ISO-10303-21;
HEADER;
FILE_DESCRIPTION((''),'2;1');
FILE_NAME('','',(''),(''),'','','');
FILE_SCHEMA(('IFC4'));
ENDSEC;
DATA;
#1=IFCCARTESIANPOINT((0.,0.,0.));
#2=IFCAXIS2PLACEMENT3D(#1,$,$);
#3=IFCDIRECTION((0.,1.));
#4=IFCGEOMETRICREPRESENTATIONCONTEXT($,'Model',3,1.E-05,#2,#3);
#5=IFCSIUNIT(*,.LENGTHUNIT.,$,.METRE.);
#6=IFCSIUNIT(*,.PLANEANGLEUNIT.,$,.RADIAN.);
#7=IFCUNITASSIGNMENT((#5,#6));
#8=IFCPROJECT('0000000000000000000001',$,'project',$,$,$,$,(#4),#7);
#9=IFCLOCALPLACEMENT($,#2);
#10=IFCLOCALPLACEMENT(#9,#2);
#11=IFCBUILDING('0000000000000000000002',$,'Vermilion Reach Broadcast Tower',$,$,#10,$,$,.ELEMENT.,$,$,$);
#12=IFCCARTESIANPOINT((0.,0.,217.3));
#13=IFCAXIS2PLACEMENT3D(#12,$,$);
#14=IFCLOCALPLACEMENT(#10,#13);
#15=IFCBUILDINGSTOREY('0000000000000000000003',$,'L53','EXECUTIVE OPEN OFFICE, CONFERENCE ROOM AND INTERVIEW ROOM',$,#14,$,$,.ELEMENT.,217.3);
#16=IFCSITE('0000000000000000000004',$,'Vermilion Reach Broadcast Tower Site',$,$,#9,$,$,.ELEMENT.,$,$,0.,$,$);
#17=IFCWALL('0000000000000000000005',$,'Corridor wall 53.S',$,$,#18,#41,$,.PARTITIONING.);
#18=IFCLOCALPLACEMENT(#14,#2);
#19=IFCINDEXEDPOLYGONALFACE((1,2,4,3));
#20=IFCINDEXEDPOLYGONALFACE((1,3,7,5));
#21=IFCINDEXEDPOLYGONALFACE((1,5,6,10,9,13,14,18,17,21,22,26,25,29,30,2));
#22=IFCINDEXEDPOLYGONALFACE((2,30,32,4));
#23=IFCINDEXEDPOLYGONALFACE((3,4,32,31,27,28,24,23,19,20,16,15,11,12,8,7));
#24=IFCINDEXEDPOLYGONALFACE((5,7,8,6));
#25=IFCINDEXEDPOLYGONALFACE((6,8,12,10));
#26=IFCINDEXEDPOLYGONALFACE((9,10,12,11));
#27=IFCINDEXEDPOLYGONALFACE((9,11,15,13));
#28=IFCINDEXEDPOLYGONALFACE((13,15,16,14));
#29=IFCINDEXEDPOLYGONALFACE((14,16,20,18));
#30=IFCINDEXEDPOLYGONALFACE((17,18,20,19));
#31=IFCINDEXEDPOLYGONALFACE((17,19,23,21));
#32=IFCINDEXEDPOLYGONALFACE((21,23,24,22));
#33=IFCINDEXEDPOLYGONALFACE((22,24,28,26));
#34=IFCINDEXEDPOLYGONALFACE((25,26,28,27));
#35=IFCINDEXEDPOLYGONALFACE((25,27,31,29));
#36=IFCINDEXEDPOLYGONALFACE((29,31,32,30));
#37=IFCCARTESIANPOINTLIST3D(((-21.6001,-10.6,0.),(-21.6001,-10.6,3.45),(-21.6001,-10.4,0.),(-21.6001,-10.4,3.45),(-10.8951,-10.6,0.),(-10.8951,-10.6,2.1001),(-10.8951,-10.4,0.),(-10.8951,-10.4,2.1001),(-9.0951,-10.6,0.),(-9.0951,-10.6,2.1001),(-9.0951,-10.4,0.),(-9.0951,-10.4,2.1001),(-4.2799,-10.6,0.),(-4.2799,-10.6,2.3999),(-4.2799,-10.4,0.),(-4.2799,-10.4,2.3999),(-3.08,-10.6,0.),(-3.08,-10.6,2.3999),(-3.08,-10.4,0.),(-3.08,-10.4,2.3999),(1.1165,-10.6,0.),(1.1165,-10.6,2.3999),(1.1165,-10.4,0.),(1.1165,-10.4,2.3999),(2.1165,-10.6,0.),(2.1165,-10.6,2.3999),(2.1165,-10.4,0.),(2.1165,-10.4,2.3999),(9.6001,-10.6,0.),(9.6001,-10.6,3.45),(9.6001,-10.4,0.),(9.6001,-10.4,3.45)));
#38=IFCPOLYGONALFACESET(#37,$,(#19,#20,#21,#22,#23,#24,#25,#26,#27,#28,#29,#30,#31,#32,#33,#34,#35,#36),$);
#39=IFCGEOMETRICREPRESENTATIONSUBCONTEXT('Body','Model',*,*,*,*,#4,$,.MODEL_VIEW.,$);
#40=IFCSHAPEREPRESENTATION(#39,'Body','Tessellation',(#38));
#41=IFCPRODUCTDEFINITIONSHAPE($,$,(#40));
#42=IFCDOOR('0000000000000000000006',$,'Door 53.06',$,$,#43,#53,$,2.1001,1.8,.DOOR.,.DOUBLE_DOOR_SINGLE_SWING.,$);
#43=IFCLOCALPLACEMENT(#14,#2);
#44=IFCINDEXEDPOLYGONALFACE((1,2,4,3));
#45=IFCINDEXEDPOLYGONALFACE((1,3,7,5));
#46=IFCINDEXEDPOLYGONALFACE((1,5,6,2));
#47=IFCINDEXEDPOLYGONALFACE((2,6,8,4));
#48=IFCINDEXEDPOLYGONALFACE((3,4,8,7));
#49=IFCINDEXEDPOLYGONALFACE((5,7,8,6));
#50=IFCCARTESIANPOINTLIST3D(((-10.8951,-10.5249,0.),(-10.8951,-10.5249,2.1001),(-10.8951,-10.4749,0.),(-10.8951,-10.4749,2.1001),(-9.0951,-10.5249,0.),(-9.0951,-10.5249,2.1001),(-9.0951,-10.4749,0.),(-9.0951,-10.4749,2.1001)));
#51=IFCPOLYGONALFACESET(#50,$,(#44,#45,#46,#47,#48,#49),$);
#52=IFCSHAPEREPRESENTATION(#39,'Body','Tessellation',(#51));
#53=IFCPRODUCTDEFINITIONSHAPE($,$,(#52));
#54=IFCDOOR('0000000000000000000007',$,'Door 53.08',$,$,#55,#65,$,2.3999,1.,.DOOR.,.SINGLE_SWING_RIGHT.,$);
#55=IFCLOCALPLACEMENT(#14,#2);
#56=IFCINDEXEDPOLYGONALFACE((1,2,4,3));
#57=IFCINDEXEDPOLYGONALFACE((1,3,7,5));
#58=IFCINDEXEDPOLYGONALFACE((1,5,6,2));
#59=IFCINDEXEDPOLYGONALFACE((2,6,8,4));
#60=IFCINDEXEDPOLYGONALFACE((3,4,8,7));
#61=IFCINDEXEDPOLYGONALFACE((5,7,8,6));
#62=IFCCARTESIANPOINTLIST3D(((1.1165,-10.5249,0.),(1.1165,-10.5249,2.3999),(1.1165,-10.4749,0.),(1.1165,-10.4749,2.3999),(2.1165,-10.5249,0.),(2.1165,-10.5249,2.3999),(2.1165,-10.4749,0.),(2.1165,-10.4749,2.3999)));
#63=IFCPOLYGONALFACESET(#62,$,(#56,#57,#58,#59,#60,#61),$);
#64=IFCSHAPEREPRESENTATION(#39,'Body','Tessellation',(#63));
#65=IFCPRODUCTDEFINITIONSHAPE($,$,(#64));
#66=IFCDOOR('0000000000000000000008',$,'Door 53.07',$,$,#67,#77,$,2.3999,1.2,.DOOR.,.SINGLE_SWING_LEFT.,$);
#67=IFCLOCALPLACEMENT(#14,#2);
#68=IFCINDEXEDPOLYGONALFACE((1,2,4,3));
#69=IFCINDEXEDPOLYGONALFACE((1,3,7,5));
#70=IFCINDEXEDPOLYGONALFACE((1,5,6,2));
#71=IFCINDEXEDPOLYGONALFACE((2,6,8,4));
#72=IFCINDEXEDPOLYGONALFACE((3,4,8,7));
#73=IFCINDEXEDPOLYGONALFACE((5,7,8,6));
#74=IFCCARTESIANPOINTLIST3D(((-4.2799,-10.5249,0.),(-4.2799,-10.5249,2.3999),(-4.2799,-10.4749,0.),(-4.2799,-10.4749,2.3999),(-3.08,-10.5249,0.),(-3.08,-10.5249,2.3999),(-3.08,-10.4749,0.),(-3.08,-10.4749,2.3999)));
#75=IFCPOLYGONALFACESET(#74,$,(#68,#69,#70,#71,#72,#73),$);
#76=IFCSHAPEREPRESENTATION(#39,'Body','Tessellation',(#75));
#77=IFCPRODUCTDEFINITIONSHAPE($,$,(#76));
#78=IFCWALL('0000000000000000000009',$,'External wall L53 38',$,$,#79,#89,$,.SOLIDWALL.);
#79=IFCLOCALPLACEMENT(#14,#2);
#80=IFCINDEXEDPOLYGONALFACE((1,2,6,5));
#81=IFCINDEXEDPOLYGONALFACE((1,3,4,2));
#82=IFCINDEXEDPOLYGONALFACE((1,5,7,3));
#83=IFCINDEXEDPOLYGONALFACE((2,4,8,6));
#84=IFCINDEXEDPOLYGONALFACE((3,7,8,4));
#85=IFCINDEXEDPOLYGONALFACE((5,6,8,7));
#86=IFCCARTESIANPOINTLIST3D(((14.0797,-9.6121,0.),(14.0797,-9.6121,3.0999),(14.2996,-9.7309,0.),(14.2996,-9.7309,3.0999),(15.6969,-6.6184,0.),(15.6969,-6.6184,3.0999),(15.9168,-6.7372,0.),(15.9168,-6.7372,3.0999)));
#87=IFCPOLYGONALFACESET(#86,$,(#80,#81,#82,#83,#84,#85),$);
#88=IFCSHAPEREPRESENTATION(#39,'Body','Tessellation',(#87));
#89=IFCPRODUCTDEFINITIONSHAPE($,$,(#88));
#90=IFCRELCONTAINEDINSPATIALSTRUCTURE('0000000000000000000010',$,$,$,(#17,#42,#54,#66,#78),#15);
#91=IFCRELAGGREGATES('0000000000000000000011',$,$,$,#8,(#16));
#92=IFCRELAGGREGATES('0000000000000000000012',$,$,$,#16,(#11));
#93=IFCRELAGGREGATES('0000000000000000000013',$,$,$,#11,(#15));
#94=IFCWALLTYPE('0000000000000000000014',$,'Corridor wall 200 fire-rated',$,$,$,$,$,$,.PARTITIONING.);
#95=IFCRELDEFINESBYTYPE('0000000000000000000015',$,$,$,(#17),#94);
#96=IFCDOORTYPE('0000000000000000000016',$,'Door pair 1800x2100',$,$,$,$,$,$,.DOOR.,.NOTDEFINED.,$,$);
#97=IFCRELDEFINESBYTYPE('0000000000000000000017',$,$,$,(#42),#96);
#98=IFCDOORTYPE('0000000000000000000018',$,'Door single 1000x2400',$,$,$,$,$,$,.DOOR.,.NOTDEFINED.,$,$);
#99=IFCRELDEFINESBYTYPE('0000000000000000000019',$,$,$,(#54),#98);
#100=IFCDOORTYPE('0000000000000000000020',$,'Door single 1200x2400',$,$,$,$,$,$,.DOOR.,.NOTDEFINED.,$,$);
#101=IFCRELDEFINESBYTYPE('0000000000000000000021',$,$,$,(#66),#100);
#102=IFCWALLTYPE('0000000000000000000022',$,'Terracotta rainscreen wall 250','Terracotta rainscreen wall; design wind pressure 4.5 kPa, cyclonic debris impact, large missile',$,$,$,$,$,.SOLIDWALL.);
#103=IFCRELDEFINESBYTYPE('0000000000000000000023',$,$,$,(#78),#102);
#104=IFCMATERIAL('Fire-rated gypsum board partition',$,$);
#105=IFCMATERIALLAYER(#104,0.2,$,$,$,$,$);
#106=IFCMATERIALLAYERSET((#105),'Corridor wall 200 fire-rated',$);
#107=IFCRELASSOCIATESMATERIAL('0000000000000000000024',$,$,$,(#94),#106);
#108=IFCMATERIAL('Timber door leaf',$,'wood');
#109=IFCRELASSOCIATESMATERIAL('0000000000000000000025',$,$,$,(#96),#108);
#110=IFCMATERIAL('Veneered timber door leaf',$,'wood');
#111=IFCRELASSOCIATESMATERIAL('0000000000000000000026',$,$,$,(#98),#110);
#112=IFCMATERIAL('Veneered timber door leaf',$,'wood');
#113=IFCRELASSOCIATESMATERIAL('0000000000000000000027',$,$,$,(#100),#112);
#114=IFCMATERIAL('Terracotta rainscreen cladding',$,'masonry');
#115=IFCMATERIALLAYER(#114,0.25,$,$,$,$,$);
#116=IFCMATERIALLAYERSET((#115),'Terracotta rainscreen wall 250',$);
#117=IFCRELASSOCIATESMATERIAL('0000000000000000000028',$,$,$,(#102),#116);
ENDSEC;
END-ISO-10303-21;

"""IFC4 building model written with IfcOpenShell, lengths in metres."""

from ifc_helpers import new_model, si_unit, direction, frame, frame_2d, origin, place, context, subcontext, project, spatial, rectangle, extrude, material, layer, layer_set, type_object, element, fill, save


model = new_model("IFC4")

# Units and contexts
model_context = context("Model", 3, precision=1e-05, world=origin(), true_north=direction((0.0, 1.0)))
body_context = subcontext(model_context, "Body", "Model", "MODEL_VIEW")
ifc_project = project(units=[si_unit("LENGTHUNIT", "METRE"), si_unit("PLANEANGLEUNIT", "RADIAN")], contexts=[model_context])

# Site, building, storey
site_placement = place(None, origin())
site = spatial("IfcSite", under=ifc_project, at=site_placement, Name="Vermilion Reach Broadcast Tower Site", CompositionType="ELEMENT", RefElevation=0.0)
building_placement = place(site_placement, origin())
building = spatial("IfcBuilding", under=site, at=building_placement, Name="Vermilion Reach Broadcast Tower", CompositionType="ELEMENT")
storey_placement = place(building_placement, frame((0.0, 0.0, 217.3)))
storey = spatial("IfcBuildingStorey", under=building, at=storey_placement, Name="L53", Description="EXECUTIVE OPEN OFFICE, CONFERENCE ROOM AND INTERVIEW ROOM", CompositionType="ELEMENT", Elevation=217.3)

# Wall, openings, doors
ifc_material_1 = material(Name="Fire-rated gypsum board partition")
ifc_layer_1 = layer(ifc_material_1, 0.2)
ifc_layer_set_1 = layer_set([ifc_layer_1], Name="Corridor wall 200 fire-rated")
wall_type_1 = type_object("IfcWallType", Name="Corridor wall 200 fire-rated", PredefinedType="PARTITIONING", material=ifc_layer_set_1)
wall_1_placement = place(storey_placement, frame((9.6001, -10.5, 0.0), z_axis=(0.0, 0.0, 1.0), x_axis=(-1.0, 0.0, 0.0)))
wall_1 = element("IfcWall", 1, at=wall_1_placement, inside=storey, type_object=wall_type_1, Name="Corridor wall 53.S", PredefinedType="PARTITIONING", context=body_context, shape_type="SweptSolid", body=[
    extrude(rectangle(XDim=31.2002, YDim=0.2, at=frame_2d((15.6001, 0.0))), origin(), (0.0, 0.0, 1.0), 3.45),
])
opening_1_placement = place(wall_1_placement, frame((18.6953, 0.0, 0.0)))
opening_1 = element("IfcOpeningElement", 2, at=opening_1_placement, cuts=wall_1, PredefinedType="OPENING", context=body_context, shape_type="SweptSolid", body=[
    extrude(rectangle(XDim=1.8, YDim=2.1001, at=frame_2d((0.8999, 1.05))), frame((0.0, 0.1099, 0.0), z_axis=(0.0, -1.0, 0.0), x_axis=(1.0, 0.0, 0.0)), (0.0, 0.0, 1.0), 0.22),
])
opening_2_placement = place(wall_1_placement, frame((12.6799, 0.0, 0.0)))
opening_2 = element("IfcOpeningElement", 3, at=opening_2_placement, cuts=wall_1, PredefinedType="OPENING", context=body_context, shape_type="SweptSolid", body=[
    extrude(rectangle(XDim=1.2, YDim=2.3999, at=frame_2d((0.6001, 1.2))), frame((0.0, 0.1099, 0.0), z_axis=(0.0, -1.0, 0.0), x_axis=(1.0, 0.0, 0.0)), (0.0, 0.0, 1.0), 0.22),
])
opening_3_placement = place(wall_1_placement, frame((7.4836, 0.0, 0.0)))
opening_3 = element("IfcOpeningElement", 4, at=opening_3_placement, cuts=wall_1, PredefinedType="OPENING", context=body_context, shape_type="SweptSolid", body=[
    extrude(rectangle(XDim=1.0, YDim=2.3999, at=frame_2d((0.5, 1.2))), frame((0.0, 0.1099, 0.0), z_axis=(0.0, -1.0, 0.0), x_axis=(1.0, 0.0, 0.0)), (0.0, 0.0, 1.0), 0.22),
])
ifc_material_2 = material(Name="Timber door leaf", Category="wood")
door_type_1 = type_object("IfcDoorType", Name="Door pair 1800x2100", OperationType="NOTDEFINED", PredefinedType="DOOR", material=ifc_material_2)
door_1_placement = place(opening_1_placement, origin())
door_1 = element("IfcDoor", 5, at=door_1_placement, inside=storey, type_object=door_type_1, Name="Door 53.06", OperationType="DOUBLE_DOOR_SINGLE_SWING", OverallHeight=2.1001, OverallWidth=1.8, PredefinedType="DOOR", context=body_context, shape_type="SweptSolid", body=[
    extrude(rectangle(XDim=1.8, YDim=2.1001, at=frame_2d((0.8999, 1.05))), frame((0.0, 0.0249, 0.0), z_axis=(0.0, -1.0, 0.0), x_axis=(1.0, 0.0, 0.0)), (0.0, 0.0, 1.0), 0.05),
])
fill(opening_1, door_1)
ifc_material_3 = material(Name="Veneered timber door leaf", Category="wood")
door_type_2 = type_object("IfcDoorType", Name="Door single 1000x2400", OperationType="NOTDEFINED", PredefinedType="DOOR", material=ifc_material_3)
door_2_placement = place(opening_3_placement, origin())
door_2 = element("IfcDoor", 6, at=door_2_placement, inside=storey, type_object=door_type_2, Name="Door 53.08", OperationType="SINGLE_SWING_RIGHT", OverallHeight=2.3999, OverallWidth=1.0, PredefinedType="DOOR", context=body_context, shape_type="SweptSolid", body=[
    extrude(rectangle(XDim=1.0, YDim=2.3999, at=frame_2d((0.5, 1.2))), frame((0.0, 0.0249, 0.0), z_axis=(0.0, -1.0, 0.0), x_axis=(1.0, 0.0, 0.0)), (0.0, 0.0, 1.0), 0.05),
])
fill(opening_3, door_2)
ifc_material_4 = material(Name="Veneered timber door leaf", Category="wood")
door_type_3 = type_object("IfcDoorType", Name="Door single 1200x2400", OperationType="NOTDEFINED", PredefinedType="DOOR", material=ifc_material_4)
door_3_placement = place(opening_2_placement, origin())
door_3 = element("IfcDoor", 7, at=door_3_placement, inside=storey, type_object=door_type_3, Name="Door 53.07", OperationType="SINGLE_SWING_LEFT", OverallHeight=2.3999, OverallWidth=1.2, PredefinedType="DOOR", context=body_context, shape_type="SweptSolid", body=[
    extrude(rectangle(XDim=1.2, YDim=2.3999, at=frame_2d((0.6001, 1.2))), frame((0.0, 0.0249, 0.0), z_axis=(0.0, -1.0, 0.0), x_axis=(1.0, 0.0, 0.0)), (0.0, 0.0, 1.0), 0.05),
])
fill(opening_2, door_3)

# Wall
ifc_material_5 = material(Name="Terracotta rainscreen cladding", Category="masonry")
ifc_layer_2 = layer(ifc_material_5, 0.25)
ifc_layer_set_2 = layer_set([ifc_layer_2], Name="Terracotta rainscreen wall 250")
wall_type_2 = type_object("IfcWallType", Name="Terracotta rainscreen wall 250", Description="Terracotta rainscreen wall; design wind pressure 4.5 kPa, cyclonic debris impact, large missile", PredefinedType="SOLIDWALL", material=ifc_layer_set_2)
wall_2_placement = place(storey_placement, frame((14.1897, -9.6714, 0.0), z_axis=(0.0, 0.0, 1.0), x_axis=(0.475289, 0.87983, 0.0)))
element("IfcWall", 8, at=wall_2_placement, inside=storey, type_object=wall_type_2, Name="External wall L53 38", PredefinedType="SOLIDWALL", context=body_context, shape_type="SweptSolid", body=[
    extrude(rectangle(XDim=3.4026, YDim=0.25, at=frame_2d((1.7012, 0.0))), origin(), (0.0, 0.0, 1.0), 3.0999),
])

save(model, "model.ifc")
